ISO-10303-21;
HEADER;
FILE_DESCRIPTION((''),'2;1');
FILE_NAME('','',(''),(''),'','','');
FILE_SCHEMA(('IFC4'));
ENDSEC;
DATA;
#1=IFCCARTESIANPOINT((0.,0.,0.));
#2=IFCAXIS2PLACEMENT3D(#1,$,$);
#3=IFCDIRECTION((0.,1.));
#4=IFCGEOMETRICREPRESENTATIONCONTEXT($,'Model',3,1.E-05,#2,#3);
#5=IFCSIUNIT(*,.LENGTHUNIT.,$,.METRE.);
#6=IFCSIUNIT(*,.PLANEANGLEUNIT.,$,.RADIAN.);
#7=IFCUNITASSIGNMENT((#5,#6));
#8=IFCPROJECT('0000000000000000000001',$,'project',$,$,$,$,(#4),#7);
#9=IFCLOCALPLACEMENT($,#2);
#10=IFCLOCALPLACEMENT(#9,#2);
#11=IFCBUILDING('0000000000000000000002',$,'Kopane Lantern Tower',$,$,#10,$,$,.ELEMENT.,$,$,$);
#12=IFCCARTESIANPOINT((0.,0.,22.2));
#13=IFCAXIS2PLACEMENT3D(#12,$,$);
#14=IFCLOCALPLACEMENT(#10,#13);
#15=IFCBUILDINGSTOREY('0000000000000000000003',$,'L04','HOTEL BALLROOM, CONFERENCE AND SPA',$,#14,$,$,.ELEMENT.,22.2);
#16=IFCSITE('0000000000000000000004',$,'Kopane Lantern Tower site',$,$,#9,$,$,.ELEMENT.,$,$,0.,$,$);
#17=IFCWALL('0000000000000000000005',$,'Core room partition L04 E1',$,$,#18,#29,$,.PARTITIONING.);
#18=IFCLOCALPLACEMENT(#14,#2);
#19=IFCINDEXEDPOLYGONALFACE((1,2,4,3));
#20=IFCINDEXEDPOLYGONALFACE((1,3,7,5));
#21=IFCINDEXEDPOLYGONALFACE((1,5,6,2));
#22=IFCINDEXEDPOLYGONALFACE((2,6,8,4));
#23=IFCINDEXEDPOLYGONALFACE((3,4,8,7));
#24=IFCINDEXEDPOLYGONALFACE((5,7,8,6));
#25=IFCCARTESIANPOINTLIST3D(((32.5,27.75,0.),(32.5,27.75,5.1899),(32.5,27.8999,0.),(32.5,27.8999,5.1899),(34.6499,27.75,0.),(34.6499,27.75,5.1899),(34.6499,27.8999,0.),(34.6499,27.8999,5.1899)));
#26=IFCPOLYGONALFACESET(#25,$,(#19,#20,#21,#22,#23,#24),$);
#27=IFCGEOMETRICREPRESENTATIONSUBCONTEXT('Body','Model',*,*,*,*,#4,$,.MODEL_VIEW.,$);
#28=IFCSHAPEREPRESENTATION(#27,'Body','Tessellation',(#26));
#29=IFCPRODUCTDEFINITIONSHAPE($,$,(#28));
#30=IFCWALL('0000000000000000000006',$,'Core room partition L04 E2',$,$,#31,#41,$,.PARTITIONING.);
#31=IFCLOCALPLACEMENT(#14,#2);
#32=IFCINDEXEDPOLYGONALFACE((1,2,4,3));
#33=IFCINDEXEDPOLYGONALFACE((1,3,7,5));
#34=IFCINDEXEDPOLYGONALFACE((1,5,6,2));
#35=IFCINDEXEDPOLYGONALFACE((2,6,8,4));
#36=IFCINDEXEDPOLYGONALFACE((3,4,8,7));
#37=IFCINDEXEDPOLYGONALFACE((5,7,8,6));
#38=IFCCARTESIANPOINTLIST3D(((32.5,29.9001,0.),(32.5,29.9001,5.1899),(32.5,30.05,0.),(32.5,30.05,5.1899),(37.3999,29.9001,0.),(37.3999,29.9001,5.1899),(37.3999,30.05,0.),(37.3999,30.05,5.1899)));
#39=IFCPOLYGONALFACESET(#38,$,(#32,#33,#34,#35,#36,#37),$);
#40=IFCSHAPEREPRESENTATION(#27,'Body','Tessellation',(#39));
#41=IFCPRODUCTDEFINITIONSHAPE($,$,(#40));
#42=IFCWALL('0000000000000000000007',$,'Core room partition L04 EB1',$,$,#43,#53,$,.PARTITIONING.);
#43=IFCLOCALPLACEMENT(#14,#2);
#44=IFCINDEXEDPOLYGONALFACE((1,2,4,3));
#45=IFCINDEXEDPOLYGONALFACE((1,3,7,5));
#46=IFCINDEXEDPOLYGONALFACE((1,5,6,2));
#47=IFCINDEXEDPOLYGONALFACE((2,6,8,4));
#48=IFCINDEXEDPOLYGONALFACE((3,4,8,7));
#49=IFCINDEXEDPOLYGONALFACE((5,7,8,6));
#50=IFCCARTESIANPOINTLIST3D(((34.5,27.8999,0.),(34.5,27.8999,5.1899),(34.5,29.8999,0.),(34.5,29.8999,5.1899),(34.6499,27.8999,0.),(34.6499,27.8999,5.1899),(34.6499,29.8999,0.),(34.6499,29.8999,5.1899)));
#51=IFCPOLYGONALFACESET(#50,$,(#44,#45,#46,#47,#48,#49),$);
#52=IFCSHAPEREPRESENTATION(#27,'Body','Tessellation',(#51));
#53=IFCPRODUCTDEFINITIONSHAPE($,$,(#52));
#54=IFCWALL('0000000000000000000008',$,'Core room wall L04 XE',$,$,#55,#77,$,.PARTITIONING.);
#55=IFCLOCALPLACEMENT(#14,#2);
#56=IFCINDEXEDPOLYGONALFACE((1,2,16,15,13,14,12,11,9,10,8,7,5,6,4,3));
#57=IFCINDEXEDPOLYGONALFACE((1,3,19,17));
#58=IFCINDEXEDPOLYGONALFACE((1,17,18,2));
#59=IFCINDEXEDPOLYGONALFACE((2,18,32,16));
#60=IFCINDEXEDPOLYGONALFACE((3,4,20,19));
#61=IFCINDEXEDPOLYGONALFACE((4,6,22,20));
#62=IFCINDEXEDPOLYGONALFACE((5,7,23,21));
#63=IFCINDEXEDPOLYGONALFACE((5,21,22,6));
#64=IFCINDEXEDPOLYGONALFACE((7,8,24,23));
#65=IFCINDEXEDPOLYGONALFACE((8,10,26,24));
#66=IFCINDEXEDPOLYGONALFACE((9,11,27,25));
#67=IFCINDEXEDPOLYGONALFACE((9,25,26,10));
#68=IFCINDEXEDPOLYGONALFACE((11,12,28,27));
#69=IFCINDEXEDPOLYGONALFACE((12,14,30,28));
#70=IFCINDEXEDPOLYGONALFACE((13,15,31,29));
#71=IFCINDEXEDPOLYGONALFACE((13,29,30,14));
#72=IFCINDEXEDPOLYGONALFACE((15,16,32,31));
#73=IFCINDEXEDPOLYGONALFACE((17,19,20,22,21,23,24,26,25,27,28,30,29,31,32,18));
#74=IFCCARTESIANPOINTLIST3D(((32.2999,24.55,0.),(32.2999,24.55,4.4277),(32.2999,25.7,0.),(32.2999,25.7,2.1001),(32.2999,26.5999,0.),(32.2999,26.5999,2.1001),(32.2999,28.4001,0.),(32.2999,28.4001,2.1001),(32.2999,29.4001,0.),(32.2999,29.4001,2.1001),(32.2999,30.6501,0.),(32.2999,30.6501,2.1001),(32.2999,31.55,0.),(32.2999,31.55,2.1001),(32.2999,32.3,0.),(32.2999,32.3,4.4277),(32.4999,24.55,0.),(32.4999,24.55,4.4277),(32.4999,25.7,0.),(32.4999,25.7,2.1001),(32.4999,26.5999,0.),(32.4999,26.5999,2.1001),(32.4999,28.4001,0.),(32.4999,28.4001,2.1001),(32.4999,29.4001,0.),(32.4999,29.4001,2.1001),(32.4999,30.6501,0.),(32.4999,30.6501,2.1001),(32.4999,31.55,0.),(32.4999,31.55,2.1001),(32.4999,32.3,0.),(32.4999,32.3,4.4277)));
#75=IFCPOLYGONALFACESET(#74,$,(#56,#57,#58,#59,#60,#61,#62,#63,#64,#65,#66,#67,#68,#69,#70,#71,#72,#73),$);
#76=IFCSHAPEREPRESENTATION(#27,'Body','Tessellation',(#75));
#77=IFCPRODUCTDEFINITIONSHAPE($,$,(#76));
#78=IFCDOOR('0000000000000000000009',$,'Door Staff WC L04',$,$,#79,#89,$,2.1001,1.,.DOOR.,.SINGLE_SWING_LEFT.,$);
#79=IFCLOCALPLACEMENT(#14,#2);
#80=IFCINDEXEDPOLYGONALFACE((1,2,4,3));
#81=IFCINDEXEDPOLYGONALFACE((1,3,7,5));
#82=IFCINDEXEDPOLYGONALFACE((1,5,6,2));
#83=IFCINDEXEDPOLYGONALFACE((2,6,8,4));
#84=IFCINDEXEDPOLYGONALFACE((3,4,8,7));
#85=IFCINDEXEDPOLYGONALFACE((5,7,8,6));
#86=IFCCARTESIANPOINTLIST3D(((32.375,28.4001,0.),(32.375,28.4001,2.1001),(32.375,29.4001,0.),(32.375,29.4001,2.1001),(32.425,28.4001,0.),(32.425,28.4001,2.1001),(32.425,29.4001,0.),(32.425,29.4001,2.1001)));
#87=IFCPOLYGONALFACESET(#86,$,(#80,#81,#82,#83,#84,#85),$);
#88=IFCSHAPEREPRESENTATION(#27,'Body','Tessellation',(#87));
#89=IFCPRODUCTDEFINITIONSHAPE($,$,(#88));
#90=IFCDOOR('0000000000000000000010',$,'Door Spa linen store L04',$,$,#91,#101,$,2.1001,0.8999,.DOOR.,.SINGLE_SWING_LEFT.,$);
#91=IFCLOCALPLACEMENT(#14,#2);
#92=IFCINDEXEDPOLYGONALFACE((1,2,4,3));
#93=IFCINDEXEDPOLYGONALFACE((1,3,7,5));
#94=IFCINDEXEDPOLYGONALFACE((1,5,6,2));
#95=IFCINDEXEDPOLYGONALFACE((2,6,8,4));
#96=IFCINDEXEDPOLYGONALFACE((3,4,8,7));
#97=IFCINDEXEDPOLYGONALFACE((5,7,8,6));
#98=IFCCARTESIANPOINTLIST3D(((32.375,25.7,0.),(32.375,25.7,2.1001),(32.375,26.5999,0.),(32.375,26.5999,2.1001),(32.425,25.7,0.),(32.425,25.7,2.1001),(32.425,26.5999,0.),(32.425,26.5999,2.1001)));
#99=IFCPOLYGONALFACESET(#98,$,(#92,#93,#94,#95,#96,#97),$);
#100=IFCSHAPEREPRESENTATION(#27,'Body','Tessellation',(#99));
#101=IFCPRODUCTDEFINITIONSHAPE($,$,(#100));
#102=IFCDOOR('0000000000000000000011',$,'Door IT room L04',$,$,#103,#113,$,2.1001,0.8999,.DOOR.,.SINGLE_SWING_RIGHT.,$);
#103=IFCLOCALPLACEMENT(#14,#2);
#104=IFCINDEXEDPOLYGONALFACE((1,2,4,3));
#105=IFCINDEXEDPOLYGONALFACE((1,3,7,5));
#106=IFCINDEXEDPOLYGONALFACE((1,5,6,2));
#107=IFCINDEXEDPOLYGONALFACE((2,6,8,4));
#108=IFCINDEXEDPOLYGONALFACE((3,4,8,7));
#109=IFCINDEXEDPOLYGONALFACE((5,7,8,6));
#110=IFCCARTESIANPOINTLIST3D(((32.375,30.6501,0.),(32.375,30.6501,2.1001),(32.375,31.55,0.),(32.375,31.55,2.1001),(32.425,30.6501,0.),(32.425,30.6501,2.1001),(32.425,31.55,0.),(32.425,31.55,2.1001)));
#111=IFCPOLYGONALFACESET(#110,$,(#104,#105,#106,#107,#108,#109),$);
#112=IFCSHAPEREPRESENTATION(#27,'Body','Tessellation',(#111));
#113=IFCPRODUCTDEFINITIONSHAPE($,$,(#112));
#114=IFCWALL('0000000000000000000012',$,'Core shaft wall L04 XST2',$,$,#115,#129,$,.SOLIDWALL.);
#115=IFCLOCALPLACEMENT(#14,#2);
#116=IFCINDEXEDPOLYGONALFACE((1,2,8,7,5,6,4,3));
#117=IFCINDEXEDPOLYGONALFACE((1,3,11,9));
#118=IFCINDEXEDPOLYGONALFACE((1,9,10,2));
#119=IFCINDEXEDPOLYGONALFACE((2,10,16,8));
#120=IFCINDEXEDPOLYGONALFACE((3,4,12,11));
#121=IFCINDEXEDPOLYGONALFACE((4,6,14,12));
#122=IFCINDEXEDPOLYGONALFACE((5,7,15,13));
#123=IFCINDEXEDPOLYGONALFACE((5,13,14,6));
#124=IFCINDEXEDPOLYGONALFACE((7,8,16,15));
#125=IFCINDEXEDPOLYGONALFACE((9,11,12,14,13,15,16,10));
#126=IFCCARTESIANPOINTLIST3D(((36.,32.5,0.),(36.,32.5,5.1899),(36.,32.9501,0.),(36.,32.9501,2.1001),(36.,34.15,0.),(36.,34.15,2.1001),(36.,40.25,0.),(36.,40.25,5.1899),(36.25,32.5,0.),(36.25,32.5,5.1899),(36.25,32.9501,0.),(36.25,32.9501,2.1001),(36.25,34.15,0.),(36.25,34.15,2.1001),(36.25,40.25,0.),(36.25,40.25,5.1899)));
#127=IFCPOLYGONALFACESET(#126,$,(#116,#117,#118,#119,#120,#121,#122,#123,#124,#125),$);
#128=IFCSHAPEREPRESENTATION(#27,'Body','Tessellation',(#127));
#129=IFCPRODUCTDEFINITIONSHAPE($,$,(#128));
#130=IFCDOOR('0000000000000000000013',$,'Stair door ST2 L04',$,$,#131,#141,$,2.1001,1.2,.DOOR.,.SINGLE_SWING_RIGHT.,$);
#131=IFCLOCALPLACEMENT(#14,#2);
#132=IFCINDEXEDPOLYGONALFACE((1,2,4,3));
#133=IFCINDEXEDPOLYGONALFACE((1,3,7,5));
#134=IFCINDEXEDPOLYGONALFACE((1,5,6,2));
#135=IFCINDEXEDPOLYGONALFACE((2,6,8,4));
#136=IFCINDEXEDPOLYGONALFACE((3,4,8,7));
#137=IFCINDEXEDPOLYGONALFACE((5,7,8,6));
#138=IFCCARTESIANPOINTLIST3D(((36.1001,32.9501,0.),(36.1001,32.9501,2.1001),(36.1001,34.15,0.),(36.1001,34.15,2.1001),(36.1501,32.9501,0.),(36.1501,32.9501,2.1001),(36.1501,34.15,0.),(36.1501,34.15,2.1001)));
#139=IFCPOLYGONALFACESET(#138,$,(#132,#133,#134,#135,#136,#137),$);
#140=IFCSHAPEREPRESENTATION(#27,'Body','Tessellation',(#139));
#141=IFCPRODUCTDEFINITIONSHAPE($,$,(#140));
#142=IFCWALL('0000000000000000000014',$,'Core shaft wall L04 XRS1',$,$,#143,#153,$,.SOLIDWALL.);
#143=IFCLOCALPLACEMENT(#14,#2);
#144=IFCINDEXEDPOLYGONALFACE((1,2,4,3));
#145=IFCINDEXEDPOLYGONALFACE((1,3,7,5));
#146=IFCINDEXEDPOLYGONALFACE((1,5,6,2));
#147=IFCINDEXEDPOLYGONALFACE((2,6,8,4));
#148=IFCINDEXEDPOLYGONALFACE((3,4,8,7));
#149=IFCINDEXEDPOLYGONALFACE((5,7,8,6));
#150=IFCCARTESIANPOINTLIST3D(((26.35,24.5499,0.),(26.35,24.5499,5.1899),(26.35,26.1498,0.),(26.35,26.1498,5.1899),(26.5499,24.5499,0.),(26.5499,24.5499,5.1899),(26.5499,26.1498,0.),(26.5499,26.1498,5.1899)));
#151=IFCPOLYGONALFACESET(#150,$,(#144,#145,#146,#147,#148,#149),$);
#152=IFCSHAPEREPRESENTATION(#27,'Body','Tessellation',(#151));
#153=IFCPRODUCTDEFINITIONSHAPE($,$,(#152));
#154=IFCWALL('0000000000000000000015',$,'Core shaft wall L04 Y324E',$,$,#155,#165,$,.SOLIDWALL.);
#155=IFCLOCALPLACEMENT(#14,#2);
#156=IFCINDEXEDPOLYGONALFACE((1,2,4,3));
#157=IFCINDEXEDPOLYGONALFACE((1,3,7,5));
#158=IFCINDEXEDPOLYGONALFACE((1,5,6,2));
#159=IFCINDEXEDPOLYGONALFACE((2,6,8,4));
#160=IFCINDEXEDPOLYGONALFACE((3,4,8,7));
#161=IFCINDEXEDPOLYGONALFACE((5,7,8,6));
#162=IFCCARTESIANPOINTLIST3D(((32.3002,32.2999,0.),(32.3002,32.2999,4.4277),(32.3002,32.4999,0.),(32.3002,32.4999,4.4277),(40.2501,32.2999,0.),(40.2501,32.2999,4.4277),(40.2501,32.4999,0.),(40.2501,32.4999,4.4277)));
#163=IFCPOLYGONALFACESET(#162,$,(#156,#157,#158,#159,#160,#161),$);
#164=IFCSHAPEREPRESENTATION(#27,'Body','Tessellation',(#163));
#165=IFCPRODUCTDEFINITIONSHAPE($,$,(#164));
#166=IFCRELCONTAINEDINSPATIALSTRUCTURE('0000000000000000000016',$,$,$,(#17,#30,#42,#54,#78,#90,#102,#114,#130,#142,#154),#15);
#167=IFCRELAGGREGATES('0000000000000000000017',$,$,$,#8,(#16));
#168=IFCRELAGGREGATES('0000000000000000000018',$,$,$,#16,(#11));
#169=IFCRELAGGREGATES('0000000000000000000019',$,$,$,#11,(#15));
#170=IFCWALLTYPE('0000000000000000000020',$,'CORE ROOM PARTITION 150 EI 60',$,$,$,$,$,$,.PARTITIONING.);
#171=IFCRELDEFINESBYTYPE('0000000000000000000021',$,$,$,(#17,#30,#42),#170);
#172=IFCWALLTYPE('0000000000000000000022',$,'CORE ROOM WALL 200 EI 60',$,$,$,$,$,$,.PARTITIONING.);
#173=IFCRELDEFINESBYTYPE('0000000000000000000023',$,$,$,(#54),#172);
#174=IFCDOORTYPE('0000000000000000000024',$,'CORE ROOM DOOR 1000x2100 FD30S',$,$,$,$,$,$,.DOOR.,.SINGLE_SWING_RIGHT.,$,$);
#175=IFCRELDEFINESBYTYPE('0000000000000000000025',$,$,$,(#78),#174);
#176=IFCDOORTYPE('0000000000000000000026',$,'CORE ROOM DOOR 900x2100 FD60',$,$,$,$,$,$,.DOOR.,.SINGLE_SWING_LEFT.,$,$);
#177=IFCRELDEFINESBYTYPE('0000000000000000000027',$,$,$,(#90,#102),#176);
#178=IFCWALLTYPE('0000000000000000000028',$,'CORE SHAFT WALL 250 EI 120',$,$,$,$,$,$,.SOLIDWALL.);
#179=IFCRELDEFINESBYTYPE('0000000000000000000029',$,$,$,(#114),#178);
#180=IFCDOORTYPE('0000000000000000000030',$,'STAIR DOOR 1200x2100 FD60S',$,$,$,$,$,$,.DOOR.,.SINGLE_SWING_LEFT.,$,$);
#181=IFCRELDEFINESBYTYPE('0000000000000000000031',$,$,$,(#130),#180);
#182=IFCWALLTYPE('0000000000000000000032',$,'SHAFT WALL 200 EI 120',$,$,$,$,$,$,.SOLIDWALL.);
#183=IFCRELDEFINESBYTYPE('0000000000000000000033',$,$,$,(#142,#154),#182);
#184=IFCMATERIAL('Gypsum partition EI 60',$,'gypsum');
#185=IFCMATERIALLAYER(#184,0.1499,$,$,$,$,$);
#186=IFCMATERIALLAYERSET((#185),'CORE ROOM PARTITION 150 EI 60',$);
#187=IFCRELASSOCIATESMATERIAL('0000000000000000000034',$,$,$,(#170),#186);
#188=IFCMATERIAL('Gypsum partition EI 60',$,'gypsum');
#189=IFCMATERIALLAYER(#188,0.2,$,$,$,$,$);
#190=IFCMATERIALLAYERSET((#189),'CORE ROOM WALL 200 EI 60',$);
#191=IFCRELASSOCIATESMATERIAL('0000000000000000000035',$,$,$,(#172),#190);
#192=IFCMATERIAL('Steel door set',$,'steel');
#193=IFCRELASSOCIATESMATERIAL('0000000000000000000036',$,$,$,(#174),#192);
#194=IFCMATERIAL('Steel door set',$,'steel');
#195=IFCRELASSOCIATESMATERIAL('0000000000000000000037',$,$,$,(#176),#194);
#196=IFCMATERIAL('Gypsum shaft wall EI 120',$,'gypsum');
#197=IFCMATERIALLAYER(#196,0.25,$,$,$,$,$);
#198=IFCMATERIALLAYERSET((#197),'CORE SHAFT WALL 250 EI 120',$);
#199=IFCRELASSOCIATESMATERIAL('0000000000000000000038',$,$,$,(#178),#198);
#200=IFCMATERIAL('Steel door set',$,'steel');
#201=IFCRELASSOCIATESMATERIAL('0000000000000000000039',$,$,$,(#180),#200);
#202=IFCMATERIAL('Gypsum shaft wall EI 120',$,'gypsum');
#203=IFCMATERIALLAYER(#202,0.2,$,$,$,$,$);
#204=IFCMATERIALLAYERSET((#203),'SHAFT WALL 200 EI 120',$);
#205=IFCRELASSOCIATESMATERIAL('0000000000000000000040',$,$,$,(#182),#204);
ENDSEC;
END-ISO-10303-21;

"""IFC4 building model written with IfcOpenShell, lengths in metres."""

from ifc_helpers import new_model, si_unit, direction, frame, frame_2d, origin, place, context, subcontext, project, spatial, rectangle, extrude, material, layer, layer_set, type_object, element, fill, save


model = new_model("IFC4")

# Units and contexts
model_context = context("Model", 3, precision=1e-05, world=origin(), true_north=direction((0.0, 1.0)))
body_context = subcontext(model_context, "Body", "Model", "MODEL_VIEW")
ifc_project = project(units=[si_unit("LENGTHUNIT", "METRE"), si_unit("PLANEANGLEUNIT", "RADIAN")], contexts=[model_context])

# Site, building, storey
site_placement = place(None, origin())
site = spatial("IfcSite", under=ifc_project, at=site_placement, Name="Kopane Lantern Tower site", CompositionType="ELEMENT", RefElevation=0.0)
building_placement = place(site_placement, origin())
building = spatial("IfcBuilding", under=site, at=building_placement, Name="Kopane Lantern Tower", CompositionType="ELEMENT")
storey_placement = place(building_placement, frame((0.0, 0.0, 22.2)))
storey = spatial("IfcBuildingStorey", under=building, at=storey_placement, Name="L04", Description="HOTEL BALLROOM, CONFERENCE AND SPA", CompositionType="ELEMENT", Elevation=22.2)

# Walls
ifc_material_1 = material(Name="Gypsum partition EI 60", Category="gypsum")
ifc_layer_1 = layer(ifc_material_1, 0.1499)
ifc_layer_set_1 = layer_set([ifc_layer_1], Name="CORE ROOM PARTITION 150 EI 60")
wall_type_1 = type_object("IfcWallType", Name="CORE ROOM PARTITION 150 EI 60", PredefinedType="PARTITIONING", material=ifc_layer_set_1)
wall_1_placement = place(storey_placement, frame((32.5, 27.825, 0.0), z_axis=(0.0, 0.0, 1.0), x_axis=(1.0, 0.0, 0.0)))
element("IfcWall", 1, at=wall_1_placement, inside=storey, type_object=wall_type_1, Name="Core room partition L04 E1", PredefinedType="PARTITIONING", context=body_context, shape_type="SweptSolid", body=[
    extrude(rectangle(XDim=2.1499, YDim=0.1499, at=frame_2d((1.075, 0.0))), origin(), (0.0, 0.0, 1.0), 5.1899),
])
wall_2_placement = place(storey_placement, frame((32.5, 29.9751, 0.0), z_axis=(0.0, 0.0, 1.0), x_axis=(1.0, 0.0, 0.0)))
element("IfcWall", 2, at=wall_2_placement, inside=storey, type_object=wall_type_1, Name="Core room partition L04 E2", PredefinedType="PARTITIONING", context=body_context, shape_type="SweptSolid", body=[
    extrude(rectangle(XDim=4.8999, YDim=0.1499, at=frame_2d((2.45, 0.0))), origin(), (0.0, 0.0, 1.0), 5.1899),
])
wall_3_placement = place(storey_placement, frame((34.575, 27.8999, 0.0), z_axis=(0.0, 0.0, 1.0), x_axis=(0.0, 1.0, 0.0)))
element("IfcWall", 3, at=wall_3_placement, inside=storey, type_object=wall_type_1, Name="Core room partition L04 EB1", PredefinedType="PARTITIONING", context=body_context, shape_type="SweptSolid", body=[
    extrude(rectangle(XDim=2.0, YDim=0.1499, at=frame_2d((1.0, 0.0))), origin(), (0.0, 0.0, 1.0), 5.1899),
])

# Wall, openings, doors
ifc_material_2 = material(Name="Gypsum partition EI 60", Category="gypsum")
ifc_layer_2 = layer(ifc_material_2, 0.2)
ifc_layer_set_2 = layer_set([ifc_layer_2], Name="CORE ROOM WALL 200 EI 60")
wall_type_2 = type_object("IfcWallType", Name="CORE ROOM WALL 200 EI 60", PredefinedType="PARTITIONING", material=ifc_layer_set_2)
wall_4_placement = place(storey_placement, frame((32.3999, 24.55, 0.0), z_axis=(0.0, 0.0, 1.0), x_axis=(0.0, 1.0, 0.0)))
wall_4 = element("IfcWall", 4, at=wall_4_placement, inside=storey, type_object=wall_type_2, Name="Core room wall L04 XE", PredefinedType="PARTITIONING", context=body_context, shape_type="SweptSolid", body=[
    extrude(rectangle(XDim=7.75, YDim=0.2, at=frame_2d((3.875, 0.0))), origin(), (0.0, 0.0, 1.0), 4.4277),
])
opening_1_placement = place(wall_4_placement, frame((1.1499, 0.0, 0.0)))
opening_1 = element("IfcOpeningElement", 5, at=opening_1_placement, cuts=wall_4, PredefinedType="OPENING", context=body_context, shape_type="SweptSolid", body=[
    extrude(rectangle(XDim=0.8999, YDim=2.1001, at=frame_2d((0.45, 1.05))), frame((0.0, 0.1099, 0.0), z_axis=(0.0, -1.0, 0.0), x_axis=(1.0, 0.0, 0.0)), (0.0, 0.0, 1.0), 0.22),
])
opening_2_placement = place(wall_4_placement, frame((3.8501, 0.0, 0.0)))
opening_2 = element("IfcOpeningElement", 6, at=opening_2_placement, cuts=wall_4, PredefinedType="OPENING", context=body_context, shape_type="SweptSolid", body=[
    extrude(rectangle(XDim=1.0, YDim=2.1001, at=frame_2d((0.5, 1.05))), frame((0.0, 0.1099, 0.0), z_axis=(0.0, -1.0, 0.0), x_axis=(1.0, 0.0, 0.0)), (0.0, 0.0, 1.0), 0.22),
])
opening_3_placement = place(wall_4_placement, frame((6.1001, 0.0, 0.0)))
opening_3 = element("IfcOpeningElement", 7, at=opening_3_placement, cuts=wall_4, PredefinedType="OPENING", context=body_context, shape_type="SweptSolid", body=[
    extrude(rectangle(XDim=0.8999, YDim=2.1001, at=frame_2d((0.45, 1.05))), frame((0.0, 0.1099, 0.0), z_axis=(0.0, -1.0, 0.0), x_axis=(1.0, 0.0, 0.0)), (0.0, 0.0, 1.0), 0.22),
])
ifc_material_3 = material(Name="Steel door set", Category="steel")
door_type_1 = type_object("IfcDoorType", Name="CORE ROOM DOOR 1000x2100 FD30S", OperationType="SINGLE_SWING_RIGHT", PredefinedType="DOOR", material=ifc_material_3)
door_1_placement = place(opening_2_placement, origin())
door_1 = element("IfcDoor", 8, at=door_1_placement, inside=storey, type_object=door_type_1, Name="Door Staff WC L04", OperationType="SINGLE_SWING_LEFT", OverallHeight=2.1001, OverallWidth=1.0, PredefinedType="DOOR", context=body_context, shape_type="SweptSolid", body=[
    extrude(rectangle(XDim=1.0, YDim=2.1001, at=frame_2d((0.5, 1.05))), frame((0.0, 0.0249, 0.0), z_axis=(0.0, -1.0, 0.0), x_axis=(1.0, 0.0, 0.0)), (0.0, 0.0, 1.0), 0.05),
])
fill(opening_2, door_1)
ifc_material_4 = material(Name="Steel door set", Category="steel")
door_type_2 = type_object("IfcDoorType", Name="CORE ROOM DOOR 900x2100 FD60", OperationType="SINGLE_SWING_LEFT", PredefinedType="DOOR", material=ifc_material_4)
door_2_placement = place(opening_1_placement, origin())
door_2 = element("IfcDoor", 9, at=door_2_placement, inside=storey, type_object=door_type_2, Name="Door Spa linen store L04", OperationType="SINGLE_SWING_LEFT", OverallHeight=2.1001, OverallWidth=0.8999, PredefinedType="DOOR", context=body_context, shape_type="SweptSolid", body=[
    extrude(rectangle(XDim=0.8999, YDim=2.1001, at=frame_2d((0.45, 1.05))), frame((0.0, 0.0249, 0.0), z_axis=(0.0, -1.0, 0.0), x_axis=(1.0, 0.0, 0.0)), (0.0, 0.0, 1.0), 0.05),
])
fill(opening_1, door_2)
door_3_placement = place(opening_3_placement, origin())
door_3 = element("IfcDoor", 10, at=door_3_placement, inside=storey, type_object=door_type_2, Name="Door IT room L04", OperationType="SINGLE_SWING_RIGHT", OverallHeight=2.1001, OverallWidth=0.8999, PredefinedType="DOOR", context=body_context, shape_type="SweptSolid", body=[
    extrude(rectangle(XDim=0.8999, YDim=2.1001, at=frame_2d((0.45, 1.05))), frame((0.0, 0.0249, 0.0), z_axis=(0.0, -1.0, 0.0), x_axis=(1.0, 0.0, 0.0)), (0.0, 0.0, 1.0), 0.05),
])
fill(opening_3, door_3)

# Wall, opening, door
ifc_material_5 = material(Name="Gypsum shaft wall EI 120", Category="gypsum")
ifc_layer_3 = layer(ifc_material_5, 0.25)
ifc_layer_set_3 = layer_set([ifc_layer_3], Name="CORE SHAFT WALL 250 EI 120")
wall_type_3 = type_object("IfcWallType", Name="CORE SHAFT WALL 250 EI 120", PredefinedType="SOLIDWALL", material=ifc_layer_set_3)
wall_5_placement = place(storey_placement, frame((36.125, 32.5, 0.0), z_axis=(0.0, 0.0, 1.0), x_axis=(0.0, 1.0, 0.0)))
wall_5 = element("IfcWall", 11, at=wall_5_placement, inside=storey, type_object=wall_type_3, Name="Core shaft wall L04 XST2", PredefinedType="SOLIDWALL", context=body_context, shape_type="SweptSolid", body=[
    extrude(rectangle(XDim=7.75, YDim=0.25, at=frame_2d((3.875, 0.0))), origin(), (0.0, 0.0, 1.0), 5.1899),
])
opening_4_placement = place(wall_5_placement, frame((0.45, 0.0, 0.0)))
opening_4 = element("IfcOpeningElement", 12, at=opening_4_placement, cuts=wall_5, PredefinedType="OPENING", context=body_context, shape_type="SweptSolid", body=[
    extrude(rectangle(XDim=1.2, YDim=2.1001, at=frame_2d((0.6001, 1.05))), frame((0.0, 0.135, 0.0), z_axis=(0.0, -1.0, 0.0), x_axis=(1.0, 0.0, 0.0)), (0.0, 0.0, 1.0), 0.27),
])
ifc_material_6 = material(Name="Steel door set", Category="steel")
door_type_3 = type_object("IfcDoorType", Name="STAIR DOOR 1200x2100 FD60S", OperationType="SINGLE_SWING_LEFT", PredefinedType="DOOR", material=ifc_material_6)
door_4_placement = place(opening_4_placement, origin())
door_4 = element("IfcDoor", 13, at=door_4_placement, inside=storey, type_object=door_type_3, Name="Stair door ST2 L04", OperationType="SINGLE_SWING_RIGHT", OverallHeight=2.1001, OverallWidth=1.2, PredefinedType="DOOR", context=body_context, shape_type="SweptSolid", body=[
    extrude(rectangle(XDim=1.2, YDim=2.1001, at=frame_2d((0.6001, 1.05))), frame((0.0, 0.0249, 0.0), z_axis=(0.0, -1.0, 0.0), x_axis=(1.0, 0.0, 0.0)), (0.0, 0.0, 1.0), 0.05),
])
fill(opening_4, door_4)

# Walls
ifc_material_7 = material(Name="Gypsum shaft wall EI 120", Category="gypsum")
ifc_layer_4 = layer(ifc_material_7, 0.2)
ifc_layer_set_4 = layer_set([ifc_layer_4], Name="SHAFT WALL 200 EI 120")
wall_type_4 = type_object("IfcWallType", Name="SHAFT WALL 200 EI 120", PredefinedType="SOLIDWALL", material=ifc_layer_set_4)
wall_6_placement = place(storey_placement, frame((26.45, 24.55, 0.0), z_axis=(0.0, 0.0, 1.0), x_axis=(0.0, 1.0, 0.0)))
element("IfcWall", 14, at=wall_6_placement, inside=storey, type_object=wall_type_4, Name="Core shaft wall L04 XRS1", PredefinedType="SOLIDWALL", context=body_context, shape_type="SweptSolid", body=[
    extrude(rectangle(XDim=1.5999, YDim=0.2, at=frame_2d((0.7998, 0.0))), origin(), (0.0, 0.0, 1.0), 5.1899),
])
wall_7_placement = place(storey_placement, frame((32.3, 32.3999, 0.0), z_axis=(0.0, 0.0, 1.0), x_axis=(1.0, 0.0, 0.0)))
element("IfcWall", 15, at=wall_7_placement, inside=storey, type_object=wall_type_4, Name="Core shaft wall L04 Y324E", PredefinedType="SOLIDWALL", context=body_context, shape_type="SweptSolid", body=[
    extrude(rectangle(XDim=7.95, YDim=0.2, at=frame_2d((3.9751, 0.0))), origin(), (0.0, 0.0, 1.0), 4.4277),
])

save(model, "model.ifc")
